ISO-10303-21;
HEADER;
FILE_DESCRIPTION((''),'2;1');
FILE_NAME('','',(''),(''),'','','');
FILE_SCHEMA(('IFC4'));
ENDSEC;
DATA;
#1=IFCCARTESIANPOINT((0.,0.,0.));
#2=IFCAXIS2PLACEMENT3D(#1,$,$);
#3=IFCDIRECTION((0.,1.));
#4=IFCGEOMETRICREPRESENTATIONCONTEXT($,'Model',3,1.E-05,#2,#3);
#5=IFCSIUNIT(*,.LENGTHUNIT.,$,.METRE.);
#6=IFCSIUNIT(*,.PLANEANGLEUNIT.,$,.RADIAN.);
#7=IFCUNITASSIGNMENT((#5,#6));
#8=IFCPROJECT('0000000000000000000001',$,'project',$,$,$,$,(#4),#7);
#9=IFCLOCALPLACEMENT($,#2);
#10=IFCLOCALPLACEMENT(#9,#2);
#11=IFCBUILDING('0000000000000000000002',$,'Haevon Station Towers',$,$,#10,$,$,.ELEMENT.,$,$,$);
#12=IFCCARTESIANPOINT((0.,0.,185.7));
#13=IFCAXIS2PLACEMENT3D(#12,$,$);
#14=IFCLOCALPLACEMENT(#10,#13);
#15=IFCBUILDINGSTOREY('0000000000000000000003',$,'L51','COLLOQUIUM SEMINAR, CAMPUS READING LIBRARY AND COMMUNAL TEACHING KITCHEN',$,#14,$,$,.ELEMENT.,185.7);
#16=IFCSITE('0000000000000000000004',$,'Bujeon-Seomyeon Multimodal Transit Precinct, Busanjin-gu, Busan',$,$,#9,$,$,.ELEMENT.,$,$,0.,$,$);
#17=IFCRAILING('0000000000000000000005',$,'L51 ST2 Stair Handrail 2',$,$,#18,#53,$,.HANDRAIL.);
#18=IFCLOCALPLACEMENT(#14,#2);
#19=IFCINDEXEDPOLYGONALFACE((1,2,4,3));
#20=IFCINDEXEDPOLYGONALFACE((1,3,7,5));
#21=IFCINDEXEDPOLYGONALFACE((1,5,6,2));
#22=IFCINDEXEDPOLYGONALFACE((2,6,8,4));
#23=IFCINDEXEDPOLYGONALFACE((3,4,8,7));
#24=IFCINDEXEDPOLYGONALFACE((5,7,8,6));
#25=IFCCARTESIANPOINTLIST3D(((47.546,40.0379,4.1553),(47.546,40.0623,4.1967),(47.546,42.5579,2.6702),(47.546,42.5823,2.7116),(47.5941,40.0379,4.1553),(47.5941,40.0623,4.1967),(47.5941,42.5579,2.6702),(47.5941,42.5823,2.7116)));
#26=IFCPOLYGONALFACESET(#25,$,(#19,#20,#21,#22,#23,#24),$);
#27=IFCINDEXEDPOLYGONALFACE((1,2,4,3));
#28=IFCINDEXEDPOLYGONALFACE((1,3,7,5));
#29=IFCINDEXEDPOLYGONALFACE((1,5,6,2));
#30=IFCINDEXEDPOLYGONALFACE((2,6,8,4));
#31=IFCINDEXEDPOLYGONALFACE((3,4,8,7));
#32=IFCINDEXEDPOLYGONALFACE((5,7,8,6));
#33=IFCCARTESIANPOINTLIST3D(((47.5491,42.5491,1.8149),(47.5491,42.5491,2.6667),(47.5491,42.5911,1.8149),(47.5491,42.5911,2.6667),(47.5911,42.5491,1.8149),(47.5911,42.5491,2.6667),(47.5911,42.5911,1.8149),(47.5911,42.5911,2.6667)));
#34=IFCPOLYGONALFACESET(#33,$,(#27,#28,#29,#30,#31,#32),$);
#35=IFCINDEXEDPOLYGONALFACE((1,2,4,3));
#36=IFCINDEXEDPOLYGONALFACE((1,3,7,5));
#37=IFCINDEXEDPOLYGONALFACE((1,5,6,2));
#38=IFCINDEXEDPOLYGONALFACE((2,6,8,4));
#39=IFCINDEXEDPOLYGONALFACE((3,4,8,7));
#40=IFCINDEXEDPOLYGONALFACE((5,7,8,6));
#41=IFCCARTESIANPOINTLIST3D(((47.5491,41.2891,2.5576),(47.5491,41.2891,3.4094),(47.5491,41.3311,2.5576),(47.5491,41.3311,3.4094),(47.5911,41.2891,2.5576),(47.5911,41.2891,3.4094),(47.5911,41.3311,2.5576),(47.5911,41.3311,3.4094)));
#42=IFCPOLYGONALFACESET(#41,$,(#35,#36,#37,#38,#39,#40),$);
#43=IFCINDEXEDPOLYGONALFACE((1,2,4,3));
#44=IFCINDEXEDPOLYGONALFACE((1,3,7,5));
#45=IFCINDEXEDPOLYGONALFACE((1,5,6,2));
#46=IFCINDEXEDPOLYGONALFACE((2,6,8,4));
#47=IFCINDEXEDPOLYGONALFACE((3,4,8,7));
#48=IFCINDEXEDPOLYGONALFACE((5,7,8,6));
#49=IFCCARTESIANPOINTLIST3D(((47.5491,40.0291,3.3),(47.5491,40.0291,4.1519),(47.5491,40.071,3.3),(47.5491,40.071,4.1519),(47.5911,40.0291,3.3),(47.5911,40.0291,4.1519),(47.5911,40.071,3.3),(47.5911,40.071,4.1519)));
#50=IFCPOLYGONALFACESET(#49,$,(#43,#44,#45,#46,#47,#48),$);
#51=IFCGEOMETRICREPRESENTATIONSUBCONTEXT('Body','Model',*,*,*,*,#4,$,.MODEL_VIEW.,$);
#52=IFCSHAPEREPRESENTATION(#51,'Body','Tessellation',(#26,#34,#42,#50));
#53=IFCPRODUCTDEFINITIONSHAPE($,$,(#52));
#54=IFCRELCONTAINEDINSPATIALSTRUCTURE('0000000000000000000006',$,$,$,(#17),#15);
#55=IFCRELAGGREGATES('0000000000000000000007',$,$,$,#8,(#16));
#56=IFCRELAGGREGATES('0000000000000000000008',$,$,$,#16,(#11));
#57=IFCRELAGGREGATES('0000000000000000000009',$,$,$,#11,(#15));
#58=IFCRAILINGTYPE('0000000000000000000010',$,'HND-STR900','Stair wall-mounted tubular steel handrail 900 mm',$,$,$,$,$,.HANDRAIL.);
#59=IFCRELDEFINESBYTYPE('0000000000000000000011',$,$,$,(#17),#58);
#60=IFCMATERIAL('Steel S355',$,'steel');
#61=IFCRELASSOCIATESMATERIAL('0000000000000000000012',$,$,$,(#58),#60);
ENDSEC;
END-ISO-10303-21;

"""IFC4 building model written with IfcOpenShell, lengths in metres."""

from ifc_helpers import new_model, si_unit, direction, frame, origin, origin_2d, place, context, subcontext, project, spatial, rectangle, extrude, material, type_object, element, save


model = new_model("IFC4")

# Units and contexts
model_context = context("Model", 3, precision=1e-05, world=origin(), true_north=direction((0.0, 1.0)))
body_context = subcontext(model_context, "Body", "Model", "MODEL_VIEW")
ifc_project = project(units=[si_unit("LENGTHUNIT", "METRE"), si_unit("PLANEANGLEUNIT", "RADIAN")], contexts=[model_context])

# Site, building, storey
site_placement = place(None, origin())
site = spatial("IfcSite", under=ifc_project, at=site_placement, Name="Bujeon-Seomyeon Multimodal Transit Precinct, Busanjin-gu, Busan", CompositionType="ELEMENT", RefElevation=0.0)
building_placement = place(site_placement, origin())
building = spatial("IfcBuilding", under=site, at=building_placement, Name="Haevon Station Towers", CompositionType="ELEMENT")
storey_placement = place(building_placement, frame((0.0, 0.0, 185.7)))
storey = spatial("IfcBuildingStorey", under=building, at=storey_placement, Name="L51", Description="COLLOQUIUM SEMINAR, CAMPUS READING LIBRARY AND COMMUNAL TEACHING KITCHEN", CompositionType="ELEMENT", Elevation=185.7)

# Shared definitions
ifc_material_1 = material(Name="Steel S355", Category="steel")

# Railing
railing_type_1 = type_object("IfcRailingType", Name="HND-STR900", Description="Stair wall-mounted tubular steel handrail 900 mm", PredefinedType="HANDRAIL", material=ifc_material_1)
railing_1_placement = place(storey_placement, frame((47.5701, 42.5701, 1.8149)))
element("IfcRailing", 1, at=railing_1_placement, inside=storey, type_object=railing_type_1, Name="L51 ST2 Stair Handrail 2", PredefinedType="HANDRAIL", context=body_context, shape_type="SweptSolid", body=[
    extrude(rectangle(XDim=0.0481, YDim=0.0481, at=origin_2d()), frame((0.0, 0.0, 0.876), z_axis=(0.0, -0.861524, 0.507717), x_axis=(1.0, 0.0, 0.0)), (0.0, 0.0, 1.0), 2.925),
    extrude(rectangle(XDim=0.042, YDim=0.042, at=origin_2d()), origin(), (0.0, 0.0, 1.0), 0.8518),
    extrude(rectangle(XDim=0.042, YDim=0.042, at=origin_2d()), frame((0.0, -1.26, 0.7427)), (0.0, 0.0, 1.0), 0.8518),
    extrude(rectangle(XDim=0.042, YDim=0.042, at=origin_2d()), frame((0.0, -2.52, 1.4851)), (0.0, 0.0, 1.0), 0.8518),
])

save(model, "model.ifc")
